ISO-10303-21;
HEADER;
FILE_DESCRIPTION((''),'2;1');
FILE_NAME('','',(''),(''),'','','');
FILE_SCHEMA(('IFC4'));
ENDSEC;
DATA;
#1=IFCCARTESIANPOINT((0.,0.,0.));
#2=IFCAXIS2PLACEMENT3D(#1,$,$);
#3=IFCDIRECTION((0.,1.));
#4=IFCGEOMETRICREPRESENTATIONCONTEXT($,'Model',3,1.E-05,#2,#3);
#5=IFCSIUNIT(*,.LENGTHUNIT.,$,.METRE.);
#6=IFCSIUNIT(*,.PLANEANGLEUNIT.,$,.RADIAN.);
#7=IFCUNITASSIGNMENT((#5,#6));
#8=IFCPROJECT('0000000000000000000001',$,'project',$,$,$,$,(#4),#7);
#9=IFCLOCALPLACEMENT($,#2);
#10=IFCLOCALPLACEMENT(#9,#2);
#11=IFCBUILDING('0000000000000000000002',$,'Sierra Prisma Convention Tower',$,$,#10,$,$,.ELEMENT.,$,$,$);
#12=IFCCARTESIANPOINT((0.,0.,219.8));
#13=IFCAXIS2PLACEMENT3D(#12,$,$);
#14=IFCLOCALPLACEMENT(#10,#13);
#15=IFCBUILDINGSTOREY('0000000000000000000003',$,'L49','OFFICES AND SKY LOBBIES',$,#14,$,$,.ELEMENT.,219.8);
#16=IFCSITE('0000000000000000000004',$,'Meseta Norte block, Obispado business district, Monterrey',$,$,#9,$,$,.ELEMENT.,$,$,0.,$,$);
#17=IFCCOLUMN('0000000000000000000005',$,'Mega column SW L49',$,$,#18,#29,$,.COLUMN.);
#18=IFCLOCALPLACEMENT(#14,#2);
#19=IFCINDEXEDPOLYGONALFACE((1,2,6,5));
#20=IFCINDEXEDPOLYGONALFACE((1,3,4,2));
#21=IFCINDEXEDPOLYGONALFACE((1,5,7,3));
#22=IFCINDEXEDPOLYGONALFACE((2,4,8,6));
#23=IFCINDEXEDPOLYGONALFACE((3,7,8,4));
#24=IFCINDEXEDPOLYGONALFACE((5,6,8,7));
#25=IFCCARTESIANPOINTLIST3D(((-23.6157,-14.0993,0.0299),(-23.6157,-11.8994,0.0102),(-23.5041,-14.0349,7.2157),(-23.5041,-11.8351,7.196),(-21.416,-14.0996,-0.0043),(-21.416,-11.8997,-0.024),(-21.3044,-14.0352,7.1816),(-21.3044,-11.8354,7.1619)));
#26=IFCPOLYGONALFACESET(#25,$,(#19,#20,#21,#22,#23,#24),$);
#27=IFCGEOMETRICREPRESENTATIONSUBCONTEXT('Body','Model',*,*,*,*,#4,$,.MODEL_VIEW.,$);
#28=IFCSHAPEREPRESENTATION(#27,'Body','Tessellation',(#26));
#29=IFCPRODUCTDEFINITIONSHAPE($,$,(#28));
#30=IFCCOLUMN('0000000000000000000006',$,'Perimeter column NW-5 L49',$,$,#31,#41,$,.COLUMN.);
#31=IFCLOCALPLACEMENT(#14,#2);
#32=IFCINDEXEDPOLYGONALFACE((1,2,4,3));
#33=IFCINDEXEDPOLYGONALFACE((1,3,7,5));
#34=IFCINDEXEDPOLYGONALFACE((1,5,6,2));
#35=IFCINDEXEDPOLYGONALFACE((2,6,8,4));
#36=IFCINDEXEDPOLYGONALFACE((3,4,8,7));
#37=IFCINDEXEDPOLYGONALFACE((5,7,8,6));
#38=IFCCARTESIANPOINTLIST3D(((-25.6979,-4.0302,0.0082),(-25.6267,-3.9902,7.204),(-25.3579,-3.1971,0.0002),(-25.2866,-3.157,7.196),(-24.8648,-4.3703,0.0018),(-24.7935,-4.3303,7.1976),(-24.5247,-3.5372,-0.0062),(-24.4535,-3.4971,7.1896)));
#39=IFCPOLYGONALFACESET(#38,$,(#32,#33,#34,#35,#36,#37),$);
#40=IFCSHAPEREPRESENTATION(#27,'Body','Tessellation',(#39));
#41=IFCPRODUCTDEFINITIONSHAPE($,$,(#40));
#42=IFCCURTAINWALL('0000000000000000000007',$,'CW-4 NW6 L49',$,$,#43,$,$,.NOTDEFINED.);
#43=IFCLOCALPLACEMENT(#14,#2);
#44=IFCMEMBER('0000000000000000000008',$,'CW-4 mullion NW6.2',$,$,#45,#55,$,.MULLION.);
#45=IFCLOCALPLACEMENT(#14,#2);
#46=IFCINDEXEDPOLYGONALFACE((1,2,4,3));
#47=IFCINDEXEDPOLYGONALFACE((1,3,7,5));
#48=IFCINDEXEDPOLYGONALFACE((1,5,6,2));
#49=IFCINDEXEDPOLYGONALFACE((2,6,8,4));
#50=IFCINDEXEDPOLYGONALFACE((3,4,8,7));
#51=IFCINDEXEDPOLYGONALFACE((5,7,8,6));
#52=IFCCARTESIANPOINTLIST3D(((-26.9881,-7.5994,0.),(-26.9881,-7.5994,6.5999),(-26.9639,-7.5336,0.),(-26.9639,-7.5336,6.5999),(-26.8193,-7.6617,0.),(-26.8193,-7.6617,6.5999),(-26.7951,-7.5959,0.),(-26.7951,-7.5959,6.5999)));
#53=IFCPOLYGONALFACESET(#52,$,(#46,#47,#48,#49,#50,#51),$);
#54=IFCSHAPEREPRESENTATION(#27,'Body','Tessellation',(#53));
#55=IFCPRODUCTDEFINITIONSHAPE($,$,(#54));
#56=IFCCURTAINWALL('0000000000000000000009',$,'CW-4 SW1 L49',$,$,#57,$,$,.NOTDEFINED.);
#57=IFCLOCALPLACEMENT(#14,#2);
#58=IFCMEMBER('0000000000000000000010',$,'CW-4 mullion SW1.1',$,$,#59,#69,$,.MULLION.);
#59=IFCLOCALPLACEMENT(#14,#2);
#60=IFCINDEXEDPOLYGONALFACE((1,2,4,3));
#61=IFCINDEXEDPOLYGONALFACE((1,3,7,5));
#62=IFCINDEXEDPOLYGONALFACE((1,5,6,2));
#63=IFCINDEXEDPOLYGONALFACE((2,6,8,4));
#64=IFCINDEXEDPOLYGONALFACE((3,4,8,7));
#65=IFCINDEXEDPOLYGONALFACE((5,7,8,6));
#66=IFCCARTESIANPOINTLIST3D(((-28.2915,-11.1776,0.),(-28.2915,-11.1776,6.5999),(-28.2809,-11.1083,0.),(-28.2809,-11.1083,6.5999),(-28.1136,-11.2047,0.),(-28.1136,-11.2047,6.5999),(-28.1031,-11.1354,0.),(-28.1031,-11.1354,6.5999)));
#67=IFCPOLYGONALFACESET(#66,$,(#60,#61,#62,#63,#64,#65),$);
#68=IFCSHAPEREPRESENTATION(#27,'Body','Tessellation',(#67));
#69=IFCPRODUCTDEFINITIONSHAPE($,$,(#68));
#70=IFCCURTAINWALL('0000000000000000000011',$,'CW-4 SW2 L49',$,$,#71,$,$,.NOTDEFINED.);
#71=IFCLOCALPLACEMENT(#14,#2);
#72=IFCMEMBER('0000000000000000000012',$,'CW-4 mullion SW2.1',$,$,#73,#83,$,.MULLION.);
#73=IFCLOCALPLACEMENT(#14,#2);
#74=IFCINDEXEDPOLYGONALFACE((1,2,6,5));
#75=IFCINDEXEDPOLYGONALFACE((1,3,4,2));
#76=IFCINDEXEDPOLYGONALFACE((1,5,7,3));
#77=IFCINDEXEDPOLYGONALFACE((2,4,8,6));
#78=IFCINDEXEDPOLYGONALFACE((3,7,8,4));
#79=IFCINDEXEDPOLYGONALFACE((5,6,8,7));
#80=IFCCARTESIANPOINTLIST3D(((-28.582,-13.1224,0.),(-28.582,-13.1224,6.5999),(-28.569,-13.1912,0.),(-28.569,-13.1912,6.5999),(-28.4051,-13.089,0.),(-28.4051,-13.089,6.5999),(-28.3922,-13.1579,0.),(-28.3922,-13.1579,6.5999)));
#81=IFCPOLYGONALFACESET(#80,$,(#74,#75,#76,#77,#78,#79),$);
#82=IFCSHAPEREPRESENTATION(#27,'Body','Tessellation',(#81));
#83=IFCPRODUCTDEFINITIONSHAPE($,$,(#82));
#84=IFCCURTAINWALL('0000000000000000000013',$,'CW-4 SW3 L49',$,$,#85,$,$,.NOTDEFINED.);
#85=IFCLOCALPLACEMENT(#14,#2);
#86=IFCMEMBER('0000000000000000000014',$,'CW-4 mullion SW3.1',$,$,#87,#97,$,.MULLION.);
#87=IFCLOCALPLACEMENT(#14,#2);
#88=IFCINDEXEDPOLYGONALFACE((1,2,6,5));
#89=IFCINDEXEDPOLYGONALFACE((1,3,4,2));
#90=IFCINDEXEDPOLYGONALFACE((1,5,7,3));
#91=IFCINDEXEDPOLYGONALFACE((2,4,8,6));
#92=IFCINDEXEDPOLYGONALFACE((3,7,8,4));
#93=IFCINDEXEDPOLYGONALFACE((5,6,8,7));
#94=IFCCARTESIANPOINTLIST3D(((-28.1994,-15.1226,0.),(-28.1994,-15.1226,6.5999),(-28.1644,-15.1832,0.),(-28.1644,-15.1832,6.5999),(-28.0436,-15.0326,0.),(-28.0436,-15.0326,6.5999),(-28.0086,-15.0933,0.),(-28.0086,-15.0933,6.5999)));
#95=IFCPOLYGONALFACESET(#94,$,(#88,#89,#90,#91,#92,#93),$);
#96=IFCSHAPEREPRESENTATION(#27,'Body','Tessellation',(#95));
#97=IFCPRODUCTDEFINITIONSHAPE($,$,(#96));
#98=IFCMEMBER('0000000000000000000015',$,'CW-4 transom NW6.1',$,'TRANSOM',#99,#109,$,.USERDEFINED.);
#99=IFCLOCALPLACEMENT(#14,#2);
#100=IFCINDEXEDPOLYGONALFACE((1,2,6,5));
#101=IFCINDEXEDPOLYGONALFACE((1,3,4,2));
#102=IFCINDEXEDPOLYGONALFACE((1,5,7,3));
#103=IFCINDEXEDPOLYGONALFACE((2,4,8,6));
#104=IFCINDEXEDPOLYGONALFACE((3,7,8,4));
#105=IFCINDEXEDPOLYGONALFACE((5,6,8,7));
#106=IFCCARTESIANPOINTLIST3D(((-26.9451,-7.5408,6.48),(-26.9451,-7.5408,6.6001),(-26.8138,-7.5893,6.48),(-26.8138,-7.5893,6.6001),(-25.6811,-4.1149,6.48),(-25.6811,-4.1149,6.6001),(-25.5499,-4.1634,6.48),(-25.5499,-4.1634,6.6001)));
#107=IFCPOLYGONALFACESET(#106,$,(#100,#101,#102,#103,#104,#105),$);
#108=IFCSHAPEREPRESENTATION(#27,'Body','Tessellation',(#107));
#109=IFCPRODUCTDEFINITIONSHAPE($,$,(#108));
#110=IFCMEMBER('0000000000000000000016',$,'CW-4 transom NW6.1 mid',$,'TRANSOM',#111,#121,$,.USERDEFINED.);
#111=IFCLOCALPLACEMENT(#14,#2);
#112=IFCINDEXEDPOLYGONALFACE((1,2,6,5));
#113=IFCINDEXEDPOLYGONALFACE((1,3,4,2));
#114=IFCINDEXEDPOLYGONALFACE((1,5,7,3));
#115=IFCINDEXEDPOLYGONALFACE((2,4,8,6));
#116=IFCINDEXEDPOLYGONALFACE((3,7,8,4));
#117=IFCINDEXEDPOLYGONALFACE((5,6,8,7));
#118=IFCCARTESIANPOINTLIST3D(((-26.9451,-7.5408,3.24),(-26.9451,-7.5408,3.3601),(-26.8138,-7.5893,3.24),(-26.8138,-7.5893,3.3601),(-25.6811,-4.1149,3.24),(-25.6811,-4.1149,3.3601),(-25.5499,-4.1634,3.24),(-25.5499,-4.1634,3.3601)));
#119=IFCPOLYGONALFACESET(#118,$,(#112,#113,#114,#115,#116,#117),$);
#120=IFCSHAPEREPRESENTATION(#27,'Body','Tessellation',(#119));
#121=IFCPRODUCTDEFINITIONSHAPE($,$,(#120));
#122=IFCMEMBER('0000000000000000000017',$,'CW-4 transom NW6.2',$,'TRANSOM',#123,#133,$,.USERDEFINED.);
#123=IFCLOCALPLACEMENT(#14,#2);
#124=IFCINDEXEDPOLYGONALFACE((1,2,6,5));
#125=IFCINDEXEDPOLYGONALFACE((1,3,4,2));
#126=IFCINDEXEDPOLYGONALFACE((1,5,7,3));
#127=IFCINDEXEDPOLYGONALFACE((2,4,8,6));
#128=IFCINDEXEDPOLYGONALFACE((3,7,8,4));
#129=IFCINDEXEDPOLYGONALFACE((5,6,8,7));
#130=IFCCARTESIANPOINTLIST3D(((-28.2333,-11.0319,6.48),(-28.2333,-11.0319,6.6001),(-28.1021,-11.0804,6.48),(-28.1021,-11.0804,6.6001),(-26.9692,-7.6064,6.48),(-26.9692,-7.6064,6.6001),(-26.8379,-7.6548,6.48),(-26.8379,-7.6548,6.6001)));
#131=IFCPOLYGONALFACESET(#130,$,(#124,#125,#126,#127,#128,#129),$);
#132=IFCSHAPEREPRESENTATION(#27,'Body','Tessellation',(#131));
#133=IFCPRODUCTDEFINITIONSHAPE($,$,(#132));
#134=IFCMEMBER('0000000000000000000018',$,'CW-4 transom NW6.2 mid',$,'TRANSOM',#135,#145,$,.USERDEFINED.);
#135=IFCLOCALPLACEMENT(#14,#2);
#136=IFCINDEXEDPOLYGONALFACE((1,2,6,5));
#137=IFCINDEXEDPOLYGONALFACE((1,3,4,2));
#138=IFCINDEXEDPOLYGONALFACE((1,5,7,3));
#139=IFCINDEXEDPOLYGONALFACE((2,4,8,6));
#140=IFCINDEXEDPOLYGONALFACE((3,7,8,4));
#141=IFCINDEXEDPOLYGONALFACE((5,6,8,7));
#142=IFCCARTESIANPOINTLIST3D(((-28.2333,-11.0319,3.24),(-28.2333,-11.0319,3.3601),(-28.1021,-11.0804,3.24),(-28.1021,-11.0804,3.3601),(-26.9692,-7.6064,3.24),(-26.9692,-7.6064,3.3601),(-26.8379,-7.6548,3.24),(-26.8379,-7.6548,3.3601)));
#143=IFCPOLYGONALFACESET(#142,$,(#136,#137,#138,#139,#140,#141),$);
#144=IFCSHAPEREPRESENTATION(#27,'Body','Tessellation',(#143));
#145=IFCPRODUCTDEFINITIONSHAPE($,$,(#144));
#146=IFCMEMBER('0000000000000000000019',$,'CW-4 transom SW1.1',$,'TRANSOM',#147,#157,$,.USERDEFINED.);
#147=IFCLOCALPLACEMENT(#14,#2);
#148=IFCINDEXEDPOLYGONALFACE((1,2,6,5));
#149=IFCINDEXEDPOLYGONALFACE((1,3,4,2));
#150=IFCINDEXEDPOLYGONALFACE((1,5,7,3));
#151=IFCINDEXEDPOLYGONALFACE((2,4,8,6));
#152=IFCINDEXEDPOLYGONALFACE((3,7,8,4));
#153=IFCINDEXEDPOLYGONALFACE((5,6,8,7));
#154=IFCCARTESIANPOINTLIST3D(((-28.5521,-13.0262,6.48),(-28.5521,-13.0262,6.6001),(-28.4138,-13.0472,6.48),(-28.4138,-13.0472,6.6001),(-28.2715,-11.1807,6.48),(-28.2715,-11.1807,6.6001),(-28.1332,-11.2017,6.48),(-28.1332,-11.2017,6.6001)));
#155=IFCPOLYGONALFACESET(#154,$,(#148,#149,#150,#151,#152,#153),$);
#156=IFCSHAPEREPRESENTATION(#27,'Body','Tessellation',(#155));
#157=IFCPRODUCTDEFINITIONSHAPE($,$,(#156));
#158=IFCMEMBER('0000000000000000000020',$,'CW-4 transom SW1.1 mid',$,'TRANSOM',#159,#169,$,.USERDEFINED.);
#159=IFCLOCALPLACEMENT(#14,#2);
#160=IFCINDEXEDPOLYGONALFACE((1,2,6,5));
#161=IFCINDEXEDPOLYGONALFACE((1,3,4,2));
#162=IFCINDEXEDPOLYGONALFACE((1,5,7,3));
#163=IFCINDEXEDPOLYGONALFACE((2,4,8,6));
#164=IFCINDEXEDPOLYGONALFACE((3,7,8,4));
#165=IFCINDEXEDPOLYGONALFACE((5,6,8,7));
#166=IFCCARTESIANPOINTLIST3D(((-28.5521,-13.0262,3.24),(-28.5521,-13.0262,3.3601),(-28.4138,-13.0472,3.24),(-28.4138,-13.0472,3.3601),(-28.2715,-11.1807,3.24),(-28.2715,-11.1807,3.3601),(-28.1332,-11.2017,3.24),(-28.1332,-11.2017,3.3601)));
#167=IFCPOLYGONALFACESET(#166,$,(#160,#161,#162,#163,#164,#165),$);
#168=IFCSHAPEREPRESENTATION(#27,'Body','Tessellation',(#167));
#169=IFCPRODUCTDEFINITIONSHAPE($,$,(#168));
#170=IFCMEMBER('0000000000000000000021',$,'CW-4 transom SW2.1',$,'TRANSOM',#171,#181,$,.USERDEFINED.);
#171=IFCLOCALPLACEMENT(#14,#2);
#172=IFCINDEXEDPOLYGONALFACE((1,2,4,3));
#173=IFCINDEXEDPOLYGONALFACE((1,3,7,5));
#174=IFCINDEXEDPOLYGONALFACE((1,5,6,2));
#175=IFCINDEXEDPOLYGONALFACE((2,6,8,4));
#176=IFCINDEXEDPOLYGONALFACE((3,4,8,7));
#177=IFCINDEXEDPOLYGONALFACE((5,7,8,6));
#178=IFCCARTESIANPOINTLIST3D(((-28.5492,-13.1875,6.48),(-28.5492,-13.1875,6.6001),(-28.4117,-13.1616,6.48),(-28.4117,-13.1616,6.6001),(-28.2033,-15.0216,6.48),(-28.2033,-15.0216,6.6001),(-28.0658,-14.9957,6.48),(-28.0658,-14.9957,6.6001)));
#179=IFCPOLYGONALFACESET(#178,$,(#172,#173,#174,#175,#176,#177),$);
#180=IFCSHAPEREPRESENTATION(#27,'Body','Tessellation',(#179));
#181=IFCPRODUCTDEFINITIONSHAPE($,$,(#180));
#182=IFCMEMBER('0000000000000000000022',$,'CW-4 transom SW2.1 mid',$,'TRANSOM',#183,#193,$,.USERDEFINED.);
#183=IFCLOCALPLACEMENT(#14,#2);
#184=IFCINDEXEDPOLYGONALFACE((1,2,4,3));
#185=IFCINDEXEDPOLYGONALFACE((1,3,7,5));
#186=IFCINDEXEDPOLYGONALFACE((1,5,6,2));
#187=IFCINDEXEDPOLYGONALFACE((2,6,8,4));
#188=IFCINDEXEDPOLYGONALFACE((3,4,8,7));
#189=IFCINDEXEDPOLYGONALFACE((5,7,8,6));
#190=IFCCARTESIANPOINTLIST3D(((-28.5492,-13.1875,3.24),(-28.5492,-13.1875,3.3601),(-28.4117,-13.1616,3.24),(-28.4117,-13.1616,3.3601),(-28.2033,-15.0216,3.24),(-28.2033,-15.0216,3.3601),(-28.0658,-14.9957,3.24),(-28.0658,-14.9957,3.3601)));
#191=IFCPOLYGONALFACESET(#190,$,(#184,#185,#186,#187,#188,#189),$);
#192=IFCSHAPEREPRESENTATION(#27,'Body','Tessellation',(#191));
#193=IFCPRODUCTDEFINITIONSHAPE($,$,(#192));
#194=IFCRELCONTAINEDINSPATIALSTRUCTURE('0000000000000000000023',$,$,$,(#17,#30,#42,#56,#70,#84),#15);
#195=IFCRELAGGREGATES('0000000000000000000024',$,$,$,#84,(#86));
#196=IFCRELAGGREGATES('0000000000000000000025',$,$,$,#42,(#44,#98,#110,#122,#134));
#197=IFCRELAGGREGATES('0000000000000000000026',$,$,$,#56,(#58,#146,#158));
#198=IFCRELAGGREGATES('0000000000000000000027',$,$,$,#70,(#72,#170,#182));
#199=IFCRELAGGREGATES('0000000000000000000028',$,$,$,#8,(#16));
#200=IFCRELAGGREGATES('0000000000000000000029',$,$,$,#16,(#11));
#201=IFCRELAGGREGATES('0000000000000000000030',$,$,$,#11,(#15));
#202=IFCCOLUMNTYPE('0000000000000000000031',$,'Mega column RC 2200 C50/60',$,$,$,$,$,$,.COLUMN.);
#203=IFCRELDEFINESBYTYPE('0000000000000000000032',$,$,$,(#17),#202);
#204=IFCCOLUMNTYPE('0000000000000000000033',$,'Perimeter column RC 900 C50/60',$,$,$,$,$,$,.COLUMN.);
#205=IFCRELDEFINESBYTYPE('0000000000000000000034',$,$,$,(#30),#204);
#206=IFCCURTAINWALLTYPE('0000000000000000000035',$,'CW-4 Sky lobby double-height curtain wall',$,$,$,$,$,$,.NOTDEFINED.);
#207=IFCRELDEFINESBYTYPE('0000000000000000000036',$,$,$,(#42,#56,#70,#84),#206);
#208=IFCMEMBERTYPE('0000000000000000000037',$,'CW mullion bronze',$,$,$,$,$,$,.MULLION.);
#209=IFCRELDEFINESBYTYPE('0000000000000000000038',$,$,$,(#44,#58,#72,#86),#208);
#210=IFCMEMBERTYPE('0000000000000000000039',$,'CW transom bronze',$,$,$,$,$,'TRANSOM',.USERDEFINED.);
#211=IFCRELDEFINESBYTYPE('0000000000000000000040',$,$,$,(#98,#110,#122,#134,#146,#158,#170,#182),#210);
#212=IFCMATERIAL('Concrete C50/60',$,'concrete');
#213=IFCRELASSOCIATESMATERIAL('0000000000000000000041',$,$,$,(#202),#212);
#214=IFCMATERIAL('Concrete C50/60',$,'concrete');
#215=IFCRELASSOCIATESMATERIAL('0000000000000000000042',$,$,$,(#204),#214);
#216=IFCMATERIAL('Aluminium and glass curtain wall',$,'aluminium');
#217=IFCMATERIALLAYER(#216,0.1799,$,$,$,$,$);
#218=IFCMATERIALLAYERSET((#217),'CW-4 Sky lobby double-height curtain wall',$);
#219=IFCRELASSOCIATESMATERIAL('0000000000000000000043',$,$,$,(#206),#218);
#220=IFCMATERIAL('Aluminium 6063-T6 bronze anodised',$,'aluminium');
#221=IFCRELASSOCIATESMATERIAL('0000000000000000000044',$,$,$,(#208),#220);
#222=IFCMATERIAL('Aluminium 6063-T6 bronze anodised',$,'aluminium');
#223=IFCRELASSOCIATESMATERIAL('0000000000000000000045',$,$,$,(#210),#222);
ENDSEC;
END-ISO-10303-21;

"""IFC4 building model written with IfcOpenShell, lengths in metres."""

from ifc_helpers import new_model, si_unit, direction, frame, origin, origin_2d, place, context, subcontext, project, spatial, rectangle, extrude, clip, halfspace, material, layer, layer_set, material_profile, profile_set, type_object, element, aggregate, save


model = new_model("IFC4")

# Units and contexts
model_context = context("Model", 3, precision=1e-05, world=origin(), true_north=direction((0.0, 1.0)))
body_context = subcontext(model_context, "Body", "Model", "MODEL_VIEW")
ifc_project = project(units=[si_unit("LENGTHUNIT", "METRE"), si_unit("PLANEANGLEUNIT", "RADIAN")], contexts=[model_context])

# Site, building, storey
site_placement = place(None, origin())
site = spatial("IfcSite", under=ifc_project, at=site_placement, Name="Meseta Norte block, Obispado business district, Monterrey", CompositionType="ELEMENT", RefElevation=0.0)
building_placement = place(site_placement, origin())
building = spatial("IfcBuilding", under=site, at=building_placement, Name="Sierra Prisma Convention Tower", CompositionType="ELEMENT")
storey_placement = place(building_placement, frame((0.0, 0.0, 219.8)))
storey = spatial("IfcBuildingStorey", under=building, at=storey_placement, Name="L49", Description="OFFICES AND SKY LOBBIES", CompositionType="ELEMENT", Elevation=219.8)

# Columns
ifc_material_1 = material(Name="Concrete C50/60", Category="concrete")
ifc_material_profile_1 = material_profile(ifc_material_1, rectangle(XDim=2.2, YDim=2.2, at=origin_2d()), Name="Mega column RC 2200 C50/60")
ifc_profile_set_1 = profile_set([ifc_material_profile_1], Name="Concrete C50/60")
column_type_1 = type_object("IfcColumnType", Name="Mega column RC 2200 C50/60", PredefinedType="COLUMN", material=ifc_profile_set_1)
column_1_placement = place(storey_placement, frame((-22.5159, -12.9995, 0.0), z_axis=(0.015528, 0.00895, 0.999839), x_axis=(0.999879, -0.000139, -0.015527)))
element("IfcColumn", 1, at=column_1_placement, inside=storey, type_object=column_type_1, Name="Mega column SW L49", PredefinedType="COLUMN", context=body_context, shape_type="SweptSolid", body=[
    clip(clip(extrude(rectangle(XDim=2.2, YDim=2.2, at=origin_2d()), origin(), (0.0, 0.0, 1.0), 7.2012), halfspace(frame((0.0, 0.0, 0.0029)), True)), halfspace(frame((0.0, 0.0, 7.1899)), False)),
])
ifc_material_2 = material(Name="Concrete C50/60", Category="concrete")
ifc_material_profile_2 = material_profile(ifc_material_2, rectangle(XDim=0.8999, YDim=0.8999, at=origin_2d()), Name="Perimeter column RC 900 C50/60")
ifc_profile_set_2 = profile_set([ifc_material_profile_2], Name="Concrete C50/60")
column_type_2 = type_object("IfcColumnType", Name="Perimeter column RC 900 C50/60", PredefinedType="COLUMN", material=ifc_profile_set_2)
column_2_placement = place(storey_placement, frame((-25.1113, -3.7837, 0.0), z_axis=(0.009901, 0.005561, 0.999936), x_axis=(0.377861, 0.92582, -0.00889)))
element("IfcColumn", 2, at=column_2_placement, inside=storey, type_object=column_type_2, Name="Perimeter column NW-5 L49", PredefinedType="COLUMN", context=body_context, shape_type="SweptSolid", body=[
    clip(clip(extrude(rectangle(XDim=0.8999, YDim=0.8999, at=origin_2d()), origin(), (0.0, 0.0, 1.0), 7.2004), halfspace(frame((0.0, 0.0, 0.001)), True)), halfspace(frame((0.0, 0.0, 7.1973)), False)),
])

# Curtain walls, members
ifc_material_3 = material(Name="Aluminium and glass curtain wall", Category="aluminium")
ifc_layer_1 = layer(ifc_material_3, 0.1799)
ifc_layer_set_1 = layer_set([ifc_layer_1], Name="CW-4 Sky lobby double-height curtain wall")
curtain_wall_type = type_object("IfcCurtainWallType", Name="CW-4 Sky lobby double-height curtain wall", PredefinedType="NOTDEFINED", material=ifc_layer_set_1)
curtain_wall_1_placement = place(storey_placement, origin())
curtain_wall_1 = element("IfcCurtainWall", 3, at=curtain_wall_1_placement, inside=storey, type_object=curtain_wall_type, Name="CW-4 NW6 L49", PredefinedType="NOTDEFINED")
ifc_material_4 = material(Name="Aluminium 6063-T6 bronze anodised", Category="aluminium")
ifc_material_profile_3 = material_profile(ifc_material_4, rectangle(XDim=0.1799, YDim=0.0701, at=origin_2d()), Name="ALU MULLION 70x180")
ifc_profile_set_3 = profile_set([ifc_material_profile_3], Name="Aluminium 6063-T6 bronze anodised")
member_type_1 = type_object("IfcMemberType", Name="CW mullion bronze", PredefinedType="MULLION", material=ifc_profile_set_3)
member_1_placement = place(storey_placement, frame((-26.8916, -7.5977, 0.0), z_axis=(0.0, 0.0, 1.0), x_axis=(0.938173, -0.346167, 0.0)))
member_1 = element("IfcMember", 4, at=member_1_placement, type_object=member_type_1, Name="CW-4 mullion NW6.2", PredefinedType="MULLION", context=body_context, shape_type="SweptSolid", body=[
    extrude(rectangle(XDim=0.1799, YDim=0.0701, at=origin_2d()), origin(), (0.0, 0.0, 1.0), 6.5999),
])
curtain_wall_2_placement = place(storey_placement, origin())
curtain_wall_2 = element("IfcCurtainWall", 5, at=curtain_wall_2_placement, inside=storey, type_object=curtain_wall_type, Name="CW-4 SW1 L49", PredefinedType="NOTDEFINED")
member_2_placement = place(storey_placement, frame((-28.1973, -11.1565, 0.0), z_axis=(0.0, 0.0, 1.0), x_axis=(0.988644, -0.150276, 0.0)))
member_2 = element("IfcMember", 6, at=member_2_placement, type_object=member_type_1, Name="CW-4 mullion SW1.1", PredefinedType="MULLION", context=body_context, shape_type="SweptSolid", body=[
    extrude(rectangle(XDim=0.1799, YDim=0.0701, at=origin_2d()), origin(), (0.0, 0.0, 1.0), 6.5999),
])
curtain_wall_3_placement = place(storey_placement, origin())
curtain_wall_3 = element("IfcCurtainWall", 7, at=curtain_wall_3_placement, inside=storey, type_object=curtain_wall_type, Name="CW-4 SW2 L49", PredefinedType="NOTDEFINED")
member_3_placement = place(storey_placement, frame((-28.4871, -13.1401, 0.0), z_axis=(0.0, 0.0, 1.0), x_axis=(0.982682, 0.185299, 0.0)))
member_3 = element("IfcMember", 8, at=member_3_placement, type_object=member_type_1, Name="CW-4 mullion SW2.1", PredefinedType="MULLION", context=body_context, shape_type="SweptSolid", body=[
    extrude(rectangle(XDim=0.1799, YDim=0.0701, at=origin_2d()), origin(), (0.0, 0.0, 1.0), 6.5999),
])
curtain_wall_4_placement = place(storey_placement, origin())
curtain_wall_4 = element("IfcCurtainWall", 9, at=curtain_wall_4_placement, inside=storey, type_object=curtain_wall_type, Name="CW-4 SW3 L49", PredefinedType="NOTDEFINED")
member_4_placement = place(storey_placement, frame((-28.104, -15.1079, 0.0), z_axis=(0.0, 0.0, 1.0), x_axis=(0.866025, 0.5, 0.0)))
member_4 = element("IfcMember", 10, at=member_4_placement, type_object=member_type_1, Name="CW-4 mullion SW3.1", PredefinedType="MULLION", context=body_context, shape_type="SweptSolid", body=[
    extrude(rectangle(XDim=0.1799, YDim=0.0701, at=origin_2d()), origin(), (0.0, 0.0, 1.0), 6.5999),
])

# Members
ifc_material_5 = material(Name="Aluminium 6063-T6 bronze anodised", Category="aluminium")
ifc_material_profile_4 = material_profile(ifc_material_5, rectangle(XDim=0.1399, YDim=0.1201, at=origin_2d()), Name="ALU TRANSOM 120x140")
ifc_profile_set_4 = profile_set([ifc_material_profile_4], Name="Aluminium 6063-T6 bronze anodised")
member_type_2 = type_object("IfcMemberType", Name="CW transom bronze", ElementType="TRANSOM", PredefinedType="USERDEFINED", material=ifc_profile_set_4)
member_5_placement = place(storey_placement, frame((-25.6155, -4.1392, 6.54), z_axis=(-0.346136, -0.938184, 0.0), x_axis=(0.938184, -0.346136, 0.0)))
member_5 = element("IfcMember", 11, at=member_5_placement, type_object=member_type_2, Name="CW-4 transom NW6.1", ObjectType="TRANSOM", PredefinedType="USERDEFINED", context=body_context, shape_type="SweptSolid", body=[
    extrude(rectangle(XDim=0.1399, YDim=0.1201, at=origin_2d()), origin(), (0.0, 0.0, 1.0), 3.6516),
])
member_6_placement = place(storey_placement, frame((-25.6155, -4.1392, 3.3), z_axis=(-0.346136, -0.938184, 0.0), x_axis=(0.938184, -0.346136, 0.0)))
member_6 = element("IfcMember", 12, at=member_6_placement, type_object=member_type_2, Name="CW-4 transom NW6.1 mid", ObjectType="TRANSOM", PredefinedType="USERDEFINED", context=body_context, shape_type="SweptSolid", body=[
    extrude(rectangle(XDim=0.1399, YDim=0.1201, at=origin_2d()), origin(), (0.0, 0.0, 1.0), 3.6516),
])
member_7_placement = place(storey_placement, frame((-26.9036, -7.6306, 6.54), z_axis=(-0.346217, -0.938155, 0.0), x_axis=(0.938155, -0.346217, 0.0)))
member_7 = element("IfcMember", 13, at=member_7_placement, type_object=member_type_2, Name="CW-4 transom NW6.2", ObjectType="TRANSOM", PredefinedType="USERDEFINED", context=body_context, shape_type="SweptSolid", body=[
    extrude(rectangle(XDim=0.1399, YDim=0.1201, at=origin_2d()), origin(), (0.0, 0.0, 1.0), 3.6514),
])
member_8_placement = place(storey_placement, frame((-26.9036, -7.6306, 3.3), z_axis=(-0.346217, -0.938155, 0.0), x_axis=(0.938155, -0.346217, 0.0)))
member_8 = element("IfcMember", 14, at=member_8_placement, type_object=member_type_2, Name="CW-4 transom NW6.2 mid", ObjectType="TRANSOM", PredefinedType="USERDEFINED", context=body_context, shape_type="SweptSolid", body=[
    extrude(rectangle(XDim=0.1399, YDim=0.1201, at=origin_2d()), origin(), (0.0, 0.0, 1.0), 3.6514),
])
member_9_placement = place(storey_placement, frame((-28.2024, -11.1912, 6.54), z_axis=(-0.150278, -0.988644, 0.0), x_axis=(0.988644, -0.150278, 0.0)))
member_9 = element("IfcMember", 15, at=member_9_placement, type_object=member_type_2, Name="CW-4 transom SW1.1", ObjectType="TRANSOM", PredefinedType="USERDEFINED", context=body_context, shape_type="SweptSolid", body=[
    extrude(rectangle(XDim=0.1399, YDim=0.1201, at=origin_2d()), origin(), (0.0, 0.0, 1.0), 1.8667),
])
member_10_placement = place(storey_placement, frame((-28.2024, -11.1912, 3.3), z_axis=(-0.150278, -0.988644, 0.0), x_axis=(0.988644, -0.150278, 0.0)))
member_10 = element("IfcMember", 16, at=member_10_placement, type_object=member_type_2, Name="CW-4 transom SW1.1 mid", ObjectType="TRANSOM", PredefinedType="USERDEFINED", context=body_context, shape_type="SweptSolid", body=[
    extrude(rectangle(XDim=0.1399, YDim=0.1201, at=origin_2d()), origin(), (0.0, 0.0, 1.0), 1.8667),
])
member_11_placement = place(storey_placement, frame((-28.4805, -13.1746, 6.54), z_axis=(0.185339, -0.982675, 0.0), x_axis=(0.982675, 0.185339, 0.0)))
member_11 = element("IfcMember", 17, at=member_11_placement, type_object=member_type_2, Name="CW-4 transom SW2.1", ObjectType="TRANSOM", PredefinedType="USERDEFINED", context=body_context, shape_type="SweptSolid", body=[
    extrude(rectangle(XDim=0.1399, YDim=0.1201, at=origin_2d()), origin(), (0.0, 0.0, 1.0), 1.8665),
])
member_12_placement = place(storey_placement, frame((-28.4805, -13.1746, 3.3), z_axis=(0.185339, -0.982675, 0.0), x_axis=(0.982675, 0.185339, 0.0)))
member_12 = element("IfcMember", 18, at=member_12_placement, type_object=member_type_2, Name="CW-4 transom SW2.1 mid", ObjectType="TRANSOM", PredefinedType="USERDEFINED", context=body_context, shape_type="SweptSolid", body=[
    extrude(rectangle(XDim=0.1399, YDim=0.1201, at=origin_2d()), origin(), (0.0, 0.0, 1.0), 1.8665),
])
aggregate(curtain_wall_4, [member_4])

aggregate(curtain_wall_1, [member_1, member_5, member_6, member_7, member_8])
aggregate(curtain_wall_2, [member_2, member_9, member_10])
aggregate(curtain_wall_3, [member_3, member_11, member_12])

save(model, "model.ifc")
